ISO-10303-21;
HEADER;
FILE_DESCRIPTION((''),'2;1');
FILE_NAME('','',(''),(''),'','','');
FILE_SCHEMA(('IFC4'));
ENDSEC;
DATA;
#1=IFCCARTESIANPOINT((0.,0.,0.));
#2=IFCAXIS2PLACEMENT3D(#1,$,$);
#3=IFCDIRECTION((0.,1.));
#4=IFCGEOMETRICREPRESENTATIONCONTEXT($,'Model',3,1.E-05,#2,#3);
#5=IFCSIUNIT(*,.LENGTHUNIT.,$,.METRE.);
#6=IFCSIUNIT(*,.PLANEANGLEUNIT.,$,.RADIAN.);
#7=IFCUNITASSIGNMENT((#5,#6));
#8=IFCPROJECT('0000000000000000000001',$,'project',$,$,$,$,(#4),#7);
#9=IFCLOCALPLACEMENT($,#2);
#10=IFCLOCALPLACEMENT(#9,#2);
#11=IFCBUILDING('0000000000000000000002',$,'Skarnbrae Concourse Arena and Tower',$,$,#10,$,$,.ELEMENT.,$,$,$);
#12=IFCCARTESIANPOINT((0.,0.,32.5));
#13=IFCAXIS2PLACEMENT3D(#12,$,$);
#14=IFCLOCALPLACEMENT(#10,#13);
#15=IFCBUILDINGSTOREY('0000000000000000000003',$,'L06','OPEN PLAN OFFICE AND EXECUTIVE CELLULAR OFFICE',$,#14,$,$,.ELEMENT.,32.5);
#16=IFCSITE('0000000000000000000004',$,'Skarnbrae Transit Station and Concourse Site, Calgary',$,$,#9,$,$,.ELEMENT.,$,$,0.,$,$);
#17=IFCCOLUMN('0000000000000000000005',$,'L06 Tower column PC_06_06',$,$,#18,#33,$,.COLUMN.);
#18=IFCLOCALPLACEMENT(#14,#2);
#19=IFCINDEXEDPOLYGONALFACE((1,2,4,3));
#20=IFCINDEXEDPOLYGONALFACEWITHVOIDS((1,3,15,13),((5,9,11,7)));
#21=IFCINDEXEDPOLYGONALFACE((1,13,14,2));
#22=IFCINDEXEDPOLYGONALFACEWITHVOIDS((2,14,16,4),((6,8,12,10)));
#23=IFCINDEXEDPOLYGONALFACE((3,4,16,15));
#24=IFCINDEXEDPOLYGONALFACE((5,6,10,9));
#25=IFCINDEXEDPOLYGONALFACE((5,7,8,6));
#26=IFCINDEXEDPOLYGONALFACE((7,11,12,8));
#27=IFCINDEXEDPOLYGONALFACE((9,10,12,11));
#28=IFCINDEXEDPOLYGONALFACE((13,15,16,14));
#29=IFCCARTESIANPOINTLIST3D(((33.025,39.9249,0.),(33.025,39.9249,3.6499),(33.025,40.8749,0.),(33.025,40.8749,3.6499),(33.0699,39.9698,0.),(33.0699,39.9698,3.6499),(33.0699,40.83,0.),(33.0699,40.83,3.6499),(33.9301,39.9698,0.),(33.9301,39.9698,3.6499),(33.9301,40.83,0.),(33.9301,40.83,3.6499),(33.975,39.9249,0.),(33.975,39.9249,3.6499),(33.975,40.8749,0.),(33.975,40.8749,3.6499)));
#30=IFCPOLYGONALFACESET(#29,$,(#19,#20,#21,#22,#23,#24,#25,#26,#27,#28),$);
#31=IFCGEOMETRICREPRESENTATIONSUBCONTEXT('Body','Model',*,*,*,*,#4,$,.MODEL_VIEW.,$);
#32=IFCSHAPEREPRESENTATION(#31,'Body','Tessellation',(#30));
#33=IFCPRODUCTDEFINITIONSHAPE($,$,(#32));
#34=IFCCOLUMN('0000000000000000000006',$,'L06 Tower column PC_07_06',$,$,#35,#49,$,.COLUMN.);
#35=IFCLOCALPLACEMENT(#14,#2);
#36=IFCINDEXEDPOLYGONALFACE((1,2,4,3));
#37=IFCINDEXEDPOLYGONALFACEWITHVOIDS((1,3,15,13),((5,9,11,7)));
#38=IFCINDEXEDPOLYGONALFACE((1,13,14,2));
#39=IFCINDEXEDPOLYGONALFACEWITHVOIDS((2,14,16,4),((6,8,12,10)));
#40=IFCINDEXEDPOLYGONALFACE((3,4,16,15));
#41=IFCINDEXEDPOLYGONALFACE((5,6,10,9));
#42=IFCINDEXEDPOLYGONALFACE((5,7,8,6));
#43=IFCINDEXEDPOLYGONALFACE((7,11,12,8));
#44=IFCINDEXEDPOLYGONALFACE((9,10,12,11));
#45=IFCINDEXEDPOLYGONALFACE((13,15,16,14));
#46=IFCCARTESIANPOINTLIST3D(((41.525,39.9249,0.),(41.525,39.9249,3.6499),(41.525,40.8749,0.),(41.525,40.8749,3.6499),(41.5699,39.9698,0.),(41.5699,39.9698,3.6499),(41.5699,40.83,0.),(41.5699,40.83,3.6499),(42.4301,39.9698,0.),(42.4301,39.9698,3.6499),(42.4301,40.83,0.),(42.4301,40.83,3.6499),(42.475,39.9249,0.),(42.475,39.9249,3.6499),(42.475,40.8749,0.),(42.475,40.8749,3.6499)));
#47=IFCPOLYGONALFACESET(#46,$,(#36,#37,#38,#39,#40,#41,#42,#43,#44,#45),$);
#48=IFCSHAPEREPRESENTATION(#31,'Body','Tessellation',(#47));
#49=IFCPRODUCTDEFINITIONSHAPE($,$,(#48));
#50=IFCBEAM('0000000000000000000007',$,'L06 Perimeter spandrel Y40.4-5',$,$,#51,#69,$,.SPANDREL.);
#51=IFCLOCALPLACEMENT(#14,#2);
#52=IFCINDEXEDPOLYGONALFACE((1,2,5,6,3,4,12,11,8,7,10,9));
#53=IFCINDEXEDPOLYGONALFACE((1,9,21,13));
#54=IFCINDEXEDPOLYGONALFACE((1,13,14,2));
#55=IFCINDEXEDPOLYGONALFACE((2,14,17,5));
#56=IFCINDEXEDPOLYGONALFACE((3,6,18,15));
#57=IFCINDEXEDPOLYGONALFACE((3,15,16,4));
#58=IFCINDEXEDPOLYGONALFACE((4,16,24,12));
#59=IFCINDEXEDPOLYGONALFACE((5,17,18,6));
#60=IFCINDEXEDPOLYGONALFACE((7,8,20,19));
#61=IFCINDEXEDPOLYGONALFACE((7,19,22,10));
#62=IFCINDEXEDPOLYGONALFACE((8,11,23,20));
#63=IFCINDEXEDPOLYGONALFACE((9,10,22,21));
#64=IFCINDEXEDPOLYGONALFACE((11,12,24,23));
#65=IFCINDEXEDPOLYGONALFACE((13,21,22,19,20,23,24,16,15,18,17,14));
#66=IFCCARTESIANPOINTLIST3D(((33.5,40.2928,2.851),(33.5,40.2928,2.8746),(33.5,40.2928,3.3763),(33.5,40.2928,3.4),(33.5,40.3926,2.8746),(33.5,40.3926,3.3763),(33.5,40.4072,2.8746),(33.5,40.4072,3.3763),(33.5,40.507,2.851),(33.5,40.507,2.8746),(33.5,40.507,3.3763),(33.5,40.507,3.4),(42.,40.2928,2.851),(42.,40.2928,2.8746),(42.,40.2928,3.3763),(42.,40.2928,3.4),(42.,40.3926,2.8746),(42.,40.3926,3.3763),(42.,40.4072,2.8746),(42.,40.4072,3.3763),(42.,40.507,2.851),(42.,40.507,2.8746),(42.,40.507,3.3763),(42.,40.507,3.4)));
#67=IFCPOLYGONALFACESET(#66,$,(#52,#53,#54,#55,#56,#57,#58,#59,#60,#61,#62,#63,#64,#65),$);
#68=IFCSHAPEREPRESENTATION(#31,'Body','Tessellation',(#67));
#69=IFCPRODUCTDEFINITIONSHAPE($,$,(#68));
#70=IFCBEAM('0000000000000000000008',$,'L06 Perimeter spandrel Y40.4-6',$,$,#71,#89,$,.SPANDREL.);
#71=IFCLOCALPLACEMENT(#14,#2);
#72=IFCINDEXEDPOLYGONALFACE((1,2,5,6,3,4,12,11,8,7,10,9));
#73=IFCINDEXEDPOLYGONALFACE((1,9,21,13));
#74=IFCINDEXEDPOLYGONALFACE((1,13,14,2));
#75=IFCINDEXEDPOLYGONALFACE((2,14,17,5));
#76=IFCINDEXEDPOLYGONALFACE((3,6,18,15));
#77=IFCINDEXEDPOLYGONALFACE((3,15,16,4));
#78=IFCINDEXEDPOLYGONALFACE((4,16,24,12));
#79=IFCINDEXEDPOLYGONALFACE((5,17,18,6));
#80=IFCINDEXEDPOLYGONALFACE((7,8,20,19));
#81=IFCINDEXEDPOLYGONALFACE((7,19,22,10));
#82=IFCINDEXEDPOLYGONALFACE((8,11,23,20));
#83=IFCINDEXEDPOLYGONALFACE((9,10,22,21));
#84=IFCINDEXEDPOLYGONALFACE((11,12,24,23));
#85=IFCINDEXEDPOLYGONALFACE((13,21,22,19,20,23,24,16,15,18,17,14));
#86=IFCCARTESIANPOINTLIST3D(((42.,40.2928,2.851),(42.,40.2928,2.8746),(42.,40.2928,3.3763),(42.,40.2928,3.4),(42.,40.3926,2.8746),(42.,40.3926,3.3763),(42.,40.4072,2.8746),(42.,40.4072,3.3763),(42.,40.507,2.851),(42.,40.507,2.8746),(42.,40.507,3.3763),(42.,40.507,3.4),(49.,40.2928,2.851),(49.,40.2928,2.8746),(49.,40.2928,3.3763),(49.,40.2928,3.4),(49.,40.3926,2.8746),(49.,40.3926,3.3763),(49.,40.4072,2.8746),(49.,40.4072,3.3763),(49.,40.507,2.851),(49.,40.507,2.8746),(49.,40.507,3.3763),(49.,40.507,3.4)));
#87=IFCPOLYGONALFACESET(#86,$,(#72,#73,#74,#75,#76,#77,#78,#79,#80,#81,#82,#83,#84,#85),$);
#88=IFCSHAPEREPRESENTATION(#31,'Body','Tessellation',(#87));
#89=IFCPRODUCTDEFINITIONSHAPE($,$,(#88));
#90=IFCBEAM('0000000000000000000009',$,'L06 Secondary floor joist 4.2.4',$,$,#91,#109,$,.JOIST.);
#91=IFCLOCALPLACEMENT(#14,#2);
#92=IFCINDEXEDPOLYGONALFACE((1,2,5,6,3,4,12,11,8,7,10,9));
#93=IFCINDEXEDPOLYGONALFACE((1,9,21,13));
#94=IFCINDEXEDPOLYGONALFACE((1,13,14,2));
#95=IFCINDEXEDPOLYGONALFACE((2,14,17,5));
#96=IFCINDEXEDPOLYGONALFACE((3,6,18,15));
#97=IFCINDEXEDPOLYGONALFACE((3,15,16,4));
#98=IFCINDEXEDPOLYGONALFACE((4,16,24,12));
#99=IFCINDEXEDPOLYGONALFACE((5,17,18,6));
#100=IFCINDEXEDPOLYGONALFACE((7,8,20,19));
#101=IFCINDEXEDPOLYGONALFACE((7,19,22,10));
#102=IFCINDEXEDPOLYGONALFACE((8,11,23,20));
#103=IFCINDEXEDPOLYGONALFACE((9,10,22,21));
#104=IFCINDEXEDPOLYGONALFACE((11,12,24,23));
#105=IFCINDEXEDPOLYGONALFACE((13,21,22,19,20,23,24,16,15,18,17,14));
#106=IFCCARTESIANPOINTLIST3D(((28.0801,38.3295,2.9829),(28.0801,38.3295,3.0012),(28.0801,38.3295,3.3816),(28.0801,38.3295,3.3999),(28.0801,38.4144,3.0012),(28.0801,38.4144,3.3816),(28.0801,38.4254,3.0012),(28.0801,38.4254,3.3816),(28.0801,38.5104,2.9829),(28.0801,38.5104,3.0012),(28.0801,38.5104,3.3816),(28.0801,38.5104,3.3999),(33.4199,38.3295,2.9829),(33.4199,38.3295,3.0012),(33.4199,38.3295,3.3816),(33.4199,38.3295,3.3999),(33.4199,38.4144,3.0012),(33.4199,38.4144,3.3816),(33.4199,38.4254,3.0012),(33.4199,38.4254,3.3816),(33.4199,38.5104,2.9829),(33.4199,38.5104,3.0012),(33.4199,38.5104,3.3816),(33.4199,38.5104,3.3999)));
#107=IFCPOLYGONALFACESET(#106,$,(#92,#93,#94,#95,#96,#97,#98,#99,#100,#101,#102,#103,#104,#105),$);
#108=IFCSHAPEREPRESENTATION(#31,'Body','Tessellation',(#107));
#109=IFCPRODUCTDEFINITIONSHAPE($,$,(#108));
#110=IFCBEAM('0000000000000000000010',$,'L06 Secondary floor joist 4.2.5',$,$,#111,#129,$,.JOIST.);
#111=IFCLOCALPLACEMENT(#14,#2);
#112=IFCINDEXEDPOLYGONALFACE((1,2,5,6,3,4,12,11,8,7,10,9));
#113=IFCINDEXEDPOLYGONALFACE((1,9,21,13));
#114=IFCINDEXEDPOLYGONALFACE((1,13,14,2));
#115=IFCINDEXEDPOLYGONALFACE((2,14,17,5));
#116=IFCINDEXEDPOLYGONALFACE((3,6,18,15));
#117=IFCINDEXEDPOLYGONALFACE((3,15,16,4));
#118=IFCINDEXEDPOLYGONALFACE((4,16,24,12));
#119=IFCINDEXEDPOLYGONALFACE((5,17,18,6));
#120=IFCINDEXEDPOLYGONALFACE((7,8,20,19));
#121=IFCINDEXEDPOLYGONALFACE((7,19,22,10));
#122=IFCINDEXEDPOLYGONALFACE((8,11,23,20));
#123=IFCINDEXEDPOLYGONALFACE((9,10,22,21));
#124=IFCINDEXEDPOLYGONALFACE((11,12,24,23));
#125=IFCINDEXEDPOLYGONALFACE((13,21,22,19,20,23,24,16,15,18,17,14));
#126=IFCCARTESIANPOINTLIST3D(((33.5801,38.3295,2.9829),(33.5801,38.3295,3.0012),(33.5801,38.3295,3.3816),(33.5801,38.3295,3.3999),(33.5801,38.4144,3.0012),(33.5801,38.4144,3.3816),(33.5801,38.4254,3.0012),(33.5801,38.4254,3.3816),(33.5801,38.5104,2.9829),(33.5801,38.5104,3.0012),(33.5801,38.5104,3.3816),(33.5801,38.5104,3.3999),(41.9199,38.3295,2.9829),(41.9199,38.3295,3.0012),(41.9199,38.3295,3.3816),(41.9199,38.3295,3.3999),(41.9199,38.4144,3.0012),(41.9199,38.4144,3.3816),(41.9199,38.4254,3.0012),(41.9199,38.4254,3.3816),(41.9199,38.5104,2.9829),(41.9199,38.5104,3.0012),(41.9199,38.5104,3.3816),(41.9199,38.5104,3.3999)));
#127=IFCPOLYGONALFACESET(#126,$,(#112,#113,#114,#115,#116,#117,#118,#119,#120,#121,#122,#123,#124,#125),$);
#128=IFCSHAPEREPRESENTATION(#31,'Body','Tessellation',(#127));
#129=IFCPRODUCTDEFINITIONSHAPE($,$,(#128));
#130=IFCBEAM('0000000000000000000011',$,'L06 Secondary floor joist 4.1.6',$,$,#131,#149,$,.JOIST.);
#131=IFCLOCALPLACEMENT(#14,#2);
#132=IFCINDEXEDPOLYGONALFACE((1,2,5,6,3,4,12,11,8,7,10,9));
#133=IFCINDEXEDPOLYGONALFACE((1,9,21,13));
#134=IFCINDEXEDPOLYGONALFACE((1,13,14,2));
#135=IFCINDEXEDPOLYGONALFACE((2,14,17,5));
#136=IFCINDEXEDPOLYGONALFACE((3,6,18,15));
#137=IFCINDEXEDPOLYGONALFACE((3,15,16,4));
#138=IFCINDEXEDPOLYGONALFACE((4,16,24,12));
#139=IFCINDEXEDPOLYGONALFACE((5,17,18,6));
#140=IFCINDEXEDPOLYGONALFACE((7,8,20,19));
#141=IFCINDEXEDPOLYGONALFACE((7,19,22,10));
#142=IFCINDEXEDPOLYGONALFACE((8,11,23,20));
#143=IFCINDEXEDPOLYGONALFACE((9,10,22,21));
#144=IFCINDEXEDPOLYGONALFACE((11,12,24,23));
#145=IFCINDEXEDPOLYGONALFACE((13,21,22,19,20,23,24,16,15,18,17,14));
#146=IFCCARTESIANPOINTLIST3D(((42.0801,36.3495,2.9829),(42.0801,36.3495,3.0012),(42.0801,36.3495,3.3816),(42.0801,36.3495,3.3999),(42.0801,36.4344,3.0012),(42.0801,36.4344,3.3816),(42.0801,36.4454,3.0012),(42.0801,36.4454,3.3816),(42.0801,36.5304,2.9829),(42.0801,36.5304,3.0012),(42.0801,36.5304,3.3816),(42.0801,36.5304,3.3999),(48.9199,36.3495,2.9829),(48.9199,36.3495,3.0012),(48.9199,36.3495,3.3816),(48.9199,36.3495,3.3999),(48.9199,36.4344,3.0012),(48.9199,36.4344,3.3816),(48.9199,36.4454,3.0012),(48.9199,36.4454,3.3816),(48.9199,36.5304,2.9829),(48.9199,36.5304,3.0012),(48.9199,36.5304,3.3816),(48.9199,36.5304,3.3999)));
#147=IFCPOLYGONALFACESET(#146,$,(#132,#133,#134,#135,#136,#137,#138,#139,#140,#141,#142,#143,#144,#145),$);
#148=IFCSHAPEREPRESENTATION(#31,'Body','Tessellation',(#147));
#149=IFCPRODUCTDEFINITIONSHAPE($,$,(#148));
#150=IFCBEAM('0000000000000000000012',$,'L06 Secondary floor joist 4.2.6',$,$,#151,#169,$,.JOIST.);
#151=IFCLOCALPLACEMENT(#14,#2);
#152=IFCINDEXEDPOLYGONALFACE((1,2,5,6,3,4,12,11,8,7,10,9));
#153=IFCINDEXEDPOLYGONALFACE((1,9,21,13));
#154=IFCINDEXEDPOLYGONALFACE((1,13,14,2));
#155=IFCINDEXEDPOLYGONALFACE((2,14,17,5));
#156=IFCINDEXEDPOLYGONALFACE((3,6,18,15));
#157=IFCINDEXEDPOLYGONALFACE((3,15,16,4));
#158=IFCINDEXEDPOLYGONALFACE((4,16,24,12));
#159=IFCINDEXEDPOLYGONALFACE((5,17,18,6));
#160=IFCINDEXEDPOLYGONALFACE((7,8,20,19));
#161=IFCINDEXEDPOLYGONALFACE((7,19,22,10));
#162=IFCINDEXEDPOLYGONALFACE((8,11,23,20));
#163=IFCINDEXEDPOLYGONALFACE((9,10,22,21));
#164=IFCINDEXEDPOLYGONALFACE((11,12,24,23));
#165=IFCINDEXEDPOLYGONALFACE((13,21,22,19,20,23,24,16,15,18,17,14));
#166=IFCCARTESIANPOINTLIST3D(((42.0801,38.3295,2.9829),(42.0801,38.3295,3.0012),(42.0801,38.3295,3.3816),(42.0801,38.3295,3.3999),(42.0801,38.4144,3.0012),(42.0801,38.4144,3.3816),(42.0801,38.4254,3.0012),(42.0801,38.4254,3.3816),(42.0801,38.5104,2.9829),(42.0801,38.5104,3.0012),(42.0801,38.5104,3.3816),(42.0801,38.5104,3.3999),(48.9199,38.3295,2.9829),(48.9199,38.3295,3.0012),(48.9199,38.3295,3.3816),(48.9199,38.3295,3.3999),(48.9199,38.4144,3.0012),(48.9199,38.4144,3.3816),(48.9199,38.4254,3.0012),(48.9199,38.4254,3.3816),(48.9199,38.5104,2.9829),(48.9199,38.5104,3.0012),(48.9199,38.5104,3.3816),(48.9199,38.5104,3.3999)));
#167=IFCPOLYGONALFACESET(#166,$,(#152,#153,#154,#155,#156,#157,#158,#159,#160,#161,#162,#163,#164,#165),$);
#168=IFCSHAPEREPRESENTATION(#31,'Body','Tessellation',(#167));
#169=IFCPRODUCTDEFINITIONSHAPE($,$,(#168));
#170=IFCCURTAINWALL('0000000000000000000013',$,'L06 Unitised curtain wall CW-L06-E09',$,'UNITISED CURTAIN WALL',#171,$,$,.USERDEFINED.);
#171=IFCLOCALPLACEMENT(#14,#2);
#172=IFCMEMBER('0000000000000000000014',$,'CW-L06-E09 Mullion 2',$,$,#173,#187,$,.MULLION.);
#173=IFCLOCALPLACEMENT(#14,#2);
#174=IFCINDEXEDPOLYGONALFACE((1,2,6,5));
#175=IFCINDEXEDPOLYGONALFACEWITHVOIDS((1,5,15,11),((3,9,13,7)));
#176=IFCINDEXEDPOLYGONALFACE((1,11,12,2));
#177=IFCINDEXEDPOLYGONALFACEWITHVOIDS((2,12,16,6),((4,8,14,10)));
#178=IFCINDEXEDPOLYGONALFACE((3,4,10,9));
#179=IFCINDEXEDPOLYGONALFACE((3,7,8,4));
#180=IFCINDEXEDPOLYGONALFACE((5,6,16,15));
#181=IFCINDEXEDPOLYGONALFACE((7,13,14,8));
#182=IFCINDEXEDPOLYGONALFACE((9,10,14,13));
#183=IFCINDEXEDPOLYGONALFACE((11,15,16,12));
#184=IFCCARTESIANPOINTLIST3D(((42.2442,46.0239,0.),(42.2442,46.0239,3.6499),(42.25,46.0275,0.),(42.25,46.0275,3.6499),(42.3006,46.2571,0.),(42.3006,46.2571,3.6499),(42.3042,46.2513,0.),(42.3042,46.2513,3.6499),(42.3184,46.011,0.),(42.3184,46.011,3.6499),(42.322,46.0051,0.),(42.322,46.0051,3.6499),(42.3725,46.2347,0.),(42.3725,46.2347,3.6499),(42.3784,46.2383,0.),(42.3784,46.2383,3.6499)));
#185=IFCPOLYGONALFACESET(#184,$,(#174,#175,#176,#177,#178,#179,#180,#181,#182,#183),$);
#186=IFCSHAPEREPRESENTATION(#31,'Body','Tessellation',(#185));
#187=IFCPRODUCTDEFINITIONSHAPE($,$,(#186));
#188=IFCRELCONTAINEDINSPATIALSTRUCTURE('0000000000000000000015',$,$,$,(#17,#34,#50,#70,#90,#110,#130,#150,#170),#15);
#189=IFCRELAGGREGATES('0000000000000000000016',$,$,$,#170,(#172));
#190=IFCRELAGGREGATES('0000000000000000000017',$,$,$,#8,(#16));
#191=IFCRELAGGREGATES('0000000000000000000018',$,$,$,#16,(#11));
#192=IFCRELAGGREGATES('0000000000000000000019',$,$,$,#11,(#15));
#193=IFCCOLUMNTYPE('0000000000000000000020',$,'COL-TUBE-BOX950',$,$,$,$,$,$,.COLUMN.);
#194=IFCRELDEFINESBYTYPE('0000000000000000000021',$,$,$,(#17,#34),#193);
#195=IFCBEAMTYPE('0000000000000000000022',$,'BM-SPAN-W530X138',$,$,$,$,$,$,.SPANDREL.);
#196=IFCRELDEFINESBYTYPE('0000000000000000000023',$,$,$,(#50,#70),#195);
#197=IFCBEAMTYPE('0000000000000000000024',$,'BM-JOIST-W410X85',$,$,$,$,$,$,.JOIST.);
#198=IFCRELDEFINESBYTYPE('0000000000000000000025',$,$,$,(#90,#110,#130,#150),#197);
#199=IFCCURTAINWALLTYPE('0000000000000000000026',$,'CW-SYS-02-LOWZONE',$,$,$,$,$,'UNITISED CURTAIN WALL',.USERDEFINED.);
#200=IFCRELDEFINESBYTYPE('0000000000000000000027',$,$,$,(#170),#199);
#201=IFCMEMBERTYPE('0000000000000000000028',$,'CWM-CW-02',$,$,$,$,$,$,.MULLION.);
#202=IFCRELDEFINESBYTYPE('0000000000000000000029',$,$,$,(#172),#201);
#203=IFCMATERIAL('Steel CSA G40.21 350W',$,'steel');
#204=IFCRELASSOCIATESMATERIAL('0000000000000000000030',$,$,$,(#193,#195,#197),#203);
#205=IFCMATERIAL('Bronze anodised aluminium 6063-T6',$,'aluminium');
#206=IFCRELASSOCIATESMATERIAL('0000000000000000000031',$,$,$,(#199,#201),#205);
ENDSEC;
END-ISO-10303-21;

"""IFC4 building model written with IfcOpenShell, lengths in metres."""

from ifc_helpers import new_model, si_unit, direction, frame, origin, origin_2d, place, context, subcontext, project, spatial, hollow_rectangle, i_section, extrude, source, transform, mapped, material, material_profile, profile_set, type_object, element, aggregate, save


model = new_model("IFC4")

# Units and contexts
model_context = context("Model", 3, precision=1e-05, world=origin(), true_north=direction((0.0, 1.0)))
body_context = subcontext(model_context, "Body", "Model", "MODEL_VIEW")
ifc_project = project(units=[si_unit("LENGTHUNIT", "METRE"), si_unit("PLANEANGLEUNIT", "RADIAN")], contexts=[model_context])

# Site, building, storey
site_placement = place(None, origin())
site = spatial("IfcSite", under=ifc_project, at=site_placement, Name="Skarnbrae Transit Station and Concourse Site, Calgary", CompositionType="ELEMENT", RefElevation=0.0)
building_placement = place(site_placement, origin())
building = spatial("IfcBuilding", under=site, at=building_placement, Name="Skarnbrae Concourse Arena and Tower", CompositionType="ELEMENT")
storey_placement = place(building_placement, frame((0.0, 0.0, 32.5)))
storey = spatial("IfcBuildingStorey", under=building, at=storey_placement, Name="L06", Description="OPEN PLAN OFFICE AND EXECUTIVE CELLULAR OFFICE", CompositionType="ELEMENT", Elevation=32.5)

# Columns
ifc_material_1 = material(Name="Steel CSA G40.21 350W", Category="steel")
ifc_material_profile_1 = material_profile(ifc_material_1, hollow_rectangle(XDim=0.95, YDim=0.95, WallThickness=0.0449, at=origin_2d()), Name="BOX950X950X45")
ifc_profile_set_1 = profile_set([ifc_material_profile_1], Name="Steel CSA G40.21 350W")
column_type = type_object("IfcColumnType", Name="COL-TUBE-BOX950", PredefinedType="COLUMN", material=ifc_profile_set_1)
shared_shape_1 = source(origin(), body_context, "Body", "SweptSolid", [
    extrude(hollow_rectangle(XDim=0.95, YDim=0.95, WallThickness=0.0449, at=origin_2d()), origin(), (0.0, 0.0, 1.0), 3.6499),
])
for number, where, z_axis, x_axis, name in (
    (1, (33.5, 40.3999, 0.0), (0.0, 0.0, 1.0), (1.0, 0.0, 0.0), "L06 Tower column PC_06_06"),
    (2, (42.0, 40.3999, 0.0), (0.0, 0.0, 1.0), (1.0, 0.0, 0.0), "L06 Tower column PC_07_06"),
):
    element("IfcColumn", number, at=place(storey_placement, frame(where, z_axis=z_axis, x_axis=x_axis)), inside=storey, type_object=column_type, Name=name, PredefinedType="COLUMN", context=body_context, shape_type="MappedRepresentation", body=[
        mapped(shared_shape_1, transform((0.0, 0.0, 0.0))),
    ])

# Beams
ifc_material_profile_2 = material_profile(ifc_material_1, i_section(OverallWidth=0.2141, OverallDepth=0.5491, WebThickness=0.0146, FlangeThickness=0.0237, at=origin_2d()), Name="W530X138")
ifc_profile_set_2 = profile_set([ifc_material_profile_2], Name="Steel CSA G40.21 350W")
beam_type_1 = type_object("IfcBeamType", Name="BM-SPAN-W530X138", PredefinedType="SPANDREL", material=ifc_profile_set_2)
shared_shape_2 = source(origin(), body_context, "Body", "SweptSolid", [
    extrude(i_section(OverallWidth=0.2141, OverallDepth=0.5491, WebThickness=0.0146, FlangeThickness=0.0237, at=origin_2d()), origin(), (0.0, 0.0, 1.0), 8.5),
])
beam_1_placement = place(storey_placement, frame((33.5, 40.3999, 3.1255), z_axis=(1.0, 0.0, 0.0), x_axis=(0.0, 1.0, 0.0)))
element("IfcBeam", 3, at=beam_1_placement, inside=storey, type_object=beam_type_1, Name="L06 Perimeter spandrel Y40.4-5", PredefinedType="SPANDREL", context=body_context, shape_type="MappedRepresentation", body=[
    mapped(shared_shape_2, transform((0.0, 0.0, 0.0))),
])
shared_shape_3 = source(origin(), body_context, "Body", "SweptSolid", [
    extrude(i_section(OverallWidth=0.2141, OverallDepth=0.5491, WebThickness=0.0146, FlangeThickness=0.0237, at=origin_2d()), origin(), (0.0, 0.0, 1.0), 7.0),
])
beam_2_placement = place(storey_placement, frame((42.0, 40.3999, 3.1255), z_axis=(1.0, 0.0, 0.0), x_axis=(0.0, 1.0, 0.0)))
element("IfcBeam", 4, at=beam_2_placement, inside=storey, type_object=beam_type_1, Name="L06 Perimeter spandrel Y40.4-6", PredefinedType="SPANDREL", context=body_context, shape_type="MappedRepresentation", body=[
    mapped(shared_shape_3, transform((0.0, 0.0, 0.0))),
])
ifc_material_profile_3 = material_profile(ifc_material_1, i_section(OverallWidth=0.1809, OverallDepth=0.417, WebThickness=0.011, FlangeThickness=0.0183, at=origin_2d()), Name="W410X85")
ifc_profile_set_3 = profile_set([ifc_material_profile_3], Name="Steel CSA G40.21 350W")
beam_type_2 = type_object("IfcBeamType", Name="BM-JOIST-W410X85", PredefinedType="JOIST", material=ifc_profile_set_3)
shared_shape_4 = source(origin(), body_context, "Body", "SweptSolid", [
    extrude(i_section(OverallWidth=0.1809, OverallDepth=0.417, WebThickness=0.011, FlangeThickness=0.0183, at=origin_2d()), origin(), (0.0, 0.0, 1.0), 5.3398),
])
beam_3_placement = place(storey_placement, frame((28.0801, 38.4199, 3.1914), z_axis=(1.0, 0.0, 0.0), x_axis=(0.0, 1.0, 0.0)))
element("IfcBeam", 5, at=beam_3_placement, inside=storey, type_object=beam_type_2, Name="L06 Secondary floor joist 4.2.4", PredefinedType="JOIST", context=body_context, shape_type="MappedRepresentation", body=[
    mapped(shared_shape_4, transform((0.0, 0.0, 0.0))),
])
shared_shape_5 = source(origin(), body_context, "Body", "SweptSolid", [
    extrude(i_section(OverallWidth=0.1809, OverallDepth=0.417, WebThickness=0.011, FlangeThickness=0.0183, at=origin_2d()), origin(), (0.0, 0.0, 1.0), 8.3398),
])
beam_4_placement = place(storey_placement, frame((33.5801, 38.4199, 3.1914), z_axis=(1.0, 0.0, 0.0), x_axis=(0.0, 1.0, 0.0)))
element("IfcBeam", 6, at=beam_4_placement, inside=storey, type_object=beam_type_2, Name="L06 Secondary floor joist 4.2.5", PredefinedType="JOIST", context=body_context, shape_type="MappedRepresentation", body=[
    mapped(shared_shape_5, transform((0.0, 0.0, 0.0))),
])
shared_shape_6 = source(origin(), body_context, "Body", "SweptSolid", [
    extrude(i_section(OverallWidth=0.1809, OverallDepth=0.417, WebThickness=0.011, FlangeThickness=0.0183, at=origin_2d()), origin(), (0.0, 0.0, 1.0), 6.8398),
])
for number, where, z_axis, x_axis, name in (
    (7, (42.0801, 36.4399, 3.1914), (1.0, 0.0, 0.0), (0.0, 1.0, 0.0), "L06 Secondary floor joist 4.1.6"),
    (8, (42.0801, 38.4199, 3.1914), (1.0, 0.0, 0.0), (0.0, 1.0, 0.0), "L06 Secondary floor joist 4.2.6"),
):
    element("IfcBeam", number, at=place(storey_placement, frame(where, z_axis=z_axis, x_axis=x_axis)), inside=storey, type_object=beam_type_2, Name=name, PredefinedType="JOIST", context=body_context, shape_type="MappedRepresentation", body=[
        mapped(shared_shape_6, transform((0.0, 0.0, 0.0))),
    ])

# Curtain wall, member
ifc_material_2 = material(Name="Bronze anodised aluminium 6063-T6", Category="aluminium")
curtain_wall_type = type_object("IfcCurtainWallType", Name="CW-SYS-02-LOWZONE", ElementType="UNITISED CURTAIN WALL", PredefinedType="USERDEFINED", material=ifc_material_2)
curtain_wall_1_placement = place(storey_placement, origin())
curtain_wall_1 = element("IfcCurtainWall", 9, at=curtain_wall_1_placement, inside=storey, type_object=curtain_wall_type, Name="L06 Unitised curtain wall CW-L06-E09", ObjectType="UNITISED CURTAIN WALL", PredefinedType="USERDEFINED")
ifc_material_profile_4 = material_profile(ifc_material_2, hollow_rectangle(XDim=0.0801, YDim=0.24, WallThickness=0.0049, at=origin_2d()), Name="ALU-MULL-80X240")
ifc_profile_set_4 = profile_set([ifc_material_profile_4], Name="Bronze anodised aluminium 6063-T6")
member_type_1 = type_object("IfcMemberType", Name="CWM-CW-02", PredefinedType="MULLION", material=ifc_profile_set_4)
shared_shape_7 = source(origin(), body_context, "Body", "SweptSolid", [
    extrude(hollow_rectangle(XDim=0.0801, YDim=0.24, WallThickness=0.0049, at=origin_2d()), origin(), (0.0, 0.0, 1.0), 3.6499),
])
member_1_placement = place(storey_placement, frame((42.3113, 46.1311, 0.0), z_axis=(0.0, 0.0, 1.0), x_axis=(-0.971974, 0.23509, 0.0)))
member_1 = element("IfcMember", 10, at=member_1_placement, type_object=member_type_1, Name="CW-L06-E09 Mullion 2", PredefinedType="MULLION", context=body_context, shape_type="MappedRepresentation", body=[
    mapped(shared_shape_7, transform((0.0, 0.0, 0.0))),
])
aggregate(curtain_wall_1, [member_1])

save(model, "model.ifc")
